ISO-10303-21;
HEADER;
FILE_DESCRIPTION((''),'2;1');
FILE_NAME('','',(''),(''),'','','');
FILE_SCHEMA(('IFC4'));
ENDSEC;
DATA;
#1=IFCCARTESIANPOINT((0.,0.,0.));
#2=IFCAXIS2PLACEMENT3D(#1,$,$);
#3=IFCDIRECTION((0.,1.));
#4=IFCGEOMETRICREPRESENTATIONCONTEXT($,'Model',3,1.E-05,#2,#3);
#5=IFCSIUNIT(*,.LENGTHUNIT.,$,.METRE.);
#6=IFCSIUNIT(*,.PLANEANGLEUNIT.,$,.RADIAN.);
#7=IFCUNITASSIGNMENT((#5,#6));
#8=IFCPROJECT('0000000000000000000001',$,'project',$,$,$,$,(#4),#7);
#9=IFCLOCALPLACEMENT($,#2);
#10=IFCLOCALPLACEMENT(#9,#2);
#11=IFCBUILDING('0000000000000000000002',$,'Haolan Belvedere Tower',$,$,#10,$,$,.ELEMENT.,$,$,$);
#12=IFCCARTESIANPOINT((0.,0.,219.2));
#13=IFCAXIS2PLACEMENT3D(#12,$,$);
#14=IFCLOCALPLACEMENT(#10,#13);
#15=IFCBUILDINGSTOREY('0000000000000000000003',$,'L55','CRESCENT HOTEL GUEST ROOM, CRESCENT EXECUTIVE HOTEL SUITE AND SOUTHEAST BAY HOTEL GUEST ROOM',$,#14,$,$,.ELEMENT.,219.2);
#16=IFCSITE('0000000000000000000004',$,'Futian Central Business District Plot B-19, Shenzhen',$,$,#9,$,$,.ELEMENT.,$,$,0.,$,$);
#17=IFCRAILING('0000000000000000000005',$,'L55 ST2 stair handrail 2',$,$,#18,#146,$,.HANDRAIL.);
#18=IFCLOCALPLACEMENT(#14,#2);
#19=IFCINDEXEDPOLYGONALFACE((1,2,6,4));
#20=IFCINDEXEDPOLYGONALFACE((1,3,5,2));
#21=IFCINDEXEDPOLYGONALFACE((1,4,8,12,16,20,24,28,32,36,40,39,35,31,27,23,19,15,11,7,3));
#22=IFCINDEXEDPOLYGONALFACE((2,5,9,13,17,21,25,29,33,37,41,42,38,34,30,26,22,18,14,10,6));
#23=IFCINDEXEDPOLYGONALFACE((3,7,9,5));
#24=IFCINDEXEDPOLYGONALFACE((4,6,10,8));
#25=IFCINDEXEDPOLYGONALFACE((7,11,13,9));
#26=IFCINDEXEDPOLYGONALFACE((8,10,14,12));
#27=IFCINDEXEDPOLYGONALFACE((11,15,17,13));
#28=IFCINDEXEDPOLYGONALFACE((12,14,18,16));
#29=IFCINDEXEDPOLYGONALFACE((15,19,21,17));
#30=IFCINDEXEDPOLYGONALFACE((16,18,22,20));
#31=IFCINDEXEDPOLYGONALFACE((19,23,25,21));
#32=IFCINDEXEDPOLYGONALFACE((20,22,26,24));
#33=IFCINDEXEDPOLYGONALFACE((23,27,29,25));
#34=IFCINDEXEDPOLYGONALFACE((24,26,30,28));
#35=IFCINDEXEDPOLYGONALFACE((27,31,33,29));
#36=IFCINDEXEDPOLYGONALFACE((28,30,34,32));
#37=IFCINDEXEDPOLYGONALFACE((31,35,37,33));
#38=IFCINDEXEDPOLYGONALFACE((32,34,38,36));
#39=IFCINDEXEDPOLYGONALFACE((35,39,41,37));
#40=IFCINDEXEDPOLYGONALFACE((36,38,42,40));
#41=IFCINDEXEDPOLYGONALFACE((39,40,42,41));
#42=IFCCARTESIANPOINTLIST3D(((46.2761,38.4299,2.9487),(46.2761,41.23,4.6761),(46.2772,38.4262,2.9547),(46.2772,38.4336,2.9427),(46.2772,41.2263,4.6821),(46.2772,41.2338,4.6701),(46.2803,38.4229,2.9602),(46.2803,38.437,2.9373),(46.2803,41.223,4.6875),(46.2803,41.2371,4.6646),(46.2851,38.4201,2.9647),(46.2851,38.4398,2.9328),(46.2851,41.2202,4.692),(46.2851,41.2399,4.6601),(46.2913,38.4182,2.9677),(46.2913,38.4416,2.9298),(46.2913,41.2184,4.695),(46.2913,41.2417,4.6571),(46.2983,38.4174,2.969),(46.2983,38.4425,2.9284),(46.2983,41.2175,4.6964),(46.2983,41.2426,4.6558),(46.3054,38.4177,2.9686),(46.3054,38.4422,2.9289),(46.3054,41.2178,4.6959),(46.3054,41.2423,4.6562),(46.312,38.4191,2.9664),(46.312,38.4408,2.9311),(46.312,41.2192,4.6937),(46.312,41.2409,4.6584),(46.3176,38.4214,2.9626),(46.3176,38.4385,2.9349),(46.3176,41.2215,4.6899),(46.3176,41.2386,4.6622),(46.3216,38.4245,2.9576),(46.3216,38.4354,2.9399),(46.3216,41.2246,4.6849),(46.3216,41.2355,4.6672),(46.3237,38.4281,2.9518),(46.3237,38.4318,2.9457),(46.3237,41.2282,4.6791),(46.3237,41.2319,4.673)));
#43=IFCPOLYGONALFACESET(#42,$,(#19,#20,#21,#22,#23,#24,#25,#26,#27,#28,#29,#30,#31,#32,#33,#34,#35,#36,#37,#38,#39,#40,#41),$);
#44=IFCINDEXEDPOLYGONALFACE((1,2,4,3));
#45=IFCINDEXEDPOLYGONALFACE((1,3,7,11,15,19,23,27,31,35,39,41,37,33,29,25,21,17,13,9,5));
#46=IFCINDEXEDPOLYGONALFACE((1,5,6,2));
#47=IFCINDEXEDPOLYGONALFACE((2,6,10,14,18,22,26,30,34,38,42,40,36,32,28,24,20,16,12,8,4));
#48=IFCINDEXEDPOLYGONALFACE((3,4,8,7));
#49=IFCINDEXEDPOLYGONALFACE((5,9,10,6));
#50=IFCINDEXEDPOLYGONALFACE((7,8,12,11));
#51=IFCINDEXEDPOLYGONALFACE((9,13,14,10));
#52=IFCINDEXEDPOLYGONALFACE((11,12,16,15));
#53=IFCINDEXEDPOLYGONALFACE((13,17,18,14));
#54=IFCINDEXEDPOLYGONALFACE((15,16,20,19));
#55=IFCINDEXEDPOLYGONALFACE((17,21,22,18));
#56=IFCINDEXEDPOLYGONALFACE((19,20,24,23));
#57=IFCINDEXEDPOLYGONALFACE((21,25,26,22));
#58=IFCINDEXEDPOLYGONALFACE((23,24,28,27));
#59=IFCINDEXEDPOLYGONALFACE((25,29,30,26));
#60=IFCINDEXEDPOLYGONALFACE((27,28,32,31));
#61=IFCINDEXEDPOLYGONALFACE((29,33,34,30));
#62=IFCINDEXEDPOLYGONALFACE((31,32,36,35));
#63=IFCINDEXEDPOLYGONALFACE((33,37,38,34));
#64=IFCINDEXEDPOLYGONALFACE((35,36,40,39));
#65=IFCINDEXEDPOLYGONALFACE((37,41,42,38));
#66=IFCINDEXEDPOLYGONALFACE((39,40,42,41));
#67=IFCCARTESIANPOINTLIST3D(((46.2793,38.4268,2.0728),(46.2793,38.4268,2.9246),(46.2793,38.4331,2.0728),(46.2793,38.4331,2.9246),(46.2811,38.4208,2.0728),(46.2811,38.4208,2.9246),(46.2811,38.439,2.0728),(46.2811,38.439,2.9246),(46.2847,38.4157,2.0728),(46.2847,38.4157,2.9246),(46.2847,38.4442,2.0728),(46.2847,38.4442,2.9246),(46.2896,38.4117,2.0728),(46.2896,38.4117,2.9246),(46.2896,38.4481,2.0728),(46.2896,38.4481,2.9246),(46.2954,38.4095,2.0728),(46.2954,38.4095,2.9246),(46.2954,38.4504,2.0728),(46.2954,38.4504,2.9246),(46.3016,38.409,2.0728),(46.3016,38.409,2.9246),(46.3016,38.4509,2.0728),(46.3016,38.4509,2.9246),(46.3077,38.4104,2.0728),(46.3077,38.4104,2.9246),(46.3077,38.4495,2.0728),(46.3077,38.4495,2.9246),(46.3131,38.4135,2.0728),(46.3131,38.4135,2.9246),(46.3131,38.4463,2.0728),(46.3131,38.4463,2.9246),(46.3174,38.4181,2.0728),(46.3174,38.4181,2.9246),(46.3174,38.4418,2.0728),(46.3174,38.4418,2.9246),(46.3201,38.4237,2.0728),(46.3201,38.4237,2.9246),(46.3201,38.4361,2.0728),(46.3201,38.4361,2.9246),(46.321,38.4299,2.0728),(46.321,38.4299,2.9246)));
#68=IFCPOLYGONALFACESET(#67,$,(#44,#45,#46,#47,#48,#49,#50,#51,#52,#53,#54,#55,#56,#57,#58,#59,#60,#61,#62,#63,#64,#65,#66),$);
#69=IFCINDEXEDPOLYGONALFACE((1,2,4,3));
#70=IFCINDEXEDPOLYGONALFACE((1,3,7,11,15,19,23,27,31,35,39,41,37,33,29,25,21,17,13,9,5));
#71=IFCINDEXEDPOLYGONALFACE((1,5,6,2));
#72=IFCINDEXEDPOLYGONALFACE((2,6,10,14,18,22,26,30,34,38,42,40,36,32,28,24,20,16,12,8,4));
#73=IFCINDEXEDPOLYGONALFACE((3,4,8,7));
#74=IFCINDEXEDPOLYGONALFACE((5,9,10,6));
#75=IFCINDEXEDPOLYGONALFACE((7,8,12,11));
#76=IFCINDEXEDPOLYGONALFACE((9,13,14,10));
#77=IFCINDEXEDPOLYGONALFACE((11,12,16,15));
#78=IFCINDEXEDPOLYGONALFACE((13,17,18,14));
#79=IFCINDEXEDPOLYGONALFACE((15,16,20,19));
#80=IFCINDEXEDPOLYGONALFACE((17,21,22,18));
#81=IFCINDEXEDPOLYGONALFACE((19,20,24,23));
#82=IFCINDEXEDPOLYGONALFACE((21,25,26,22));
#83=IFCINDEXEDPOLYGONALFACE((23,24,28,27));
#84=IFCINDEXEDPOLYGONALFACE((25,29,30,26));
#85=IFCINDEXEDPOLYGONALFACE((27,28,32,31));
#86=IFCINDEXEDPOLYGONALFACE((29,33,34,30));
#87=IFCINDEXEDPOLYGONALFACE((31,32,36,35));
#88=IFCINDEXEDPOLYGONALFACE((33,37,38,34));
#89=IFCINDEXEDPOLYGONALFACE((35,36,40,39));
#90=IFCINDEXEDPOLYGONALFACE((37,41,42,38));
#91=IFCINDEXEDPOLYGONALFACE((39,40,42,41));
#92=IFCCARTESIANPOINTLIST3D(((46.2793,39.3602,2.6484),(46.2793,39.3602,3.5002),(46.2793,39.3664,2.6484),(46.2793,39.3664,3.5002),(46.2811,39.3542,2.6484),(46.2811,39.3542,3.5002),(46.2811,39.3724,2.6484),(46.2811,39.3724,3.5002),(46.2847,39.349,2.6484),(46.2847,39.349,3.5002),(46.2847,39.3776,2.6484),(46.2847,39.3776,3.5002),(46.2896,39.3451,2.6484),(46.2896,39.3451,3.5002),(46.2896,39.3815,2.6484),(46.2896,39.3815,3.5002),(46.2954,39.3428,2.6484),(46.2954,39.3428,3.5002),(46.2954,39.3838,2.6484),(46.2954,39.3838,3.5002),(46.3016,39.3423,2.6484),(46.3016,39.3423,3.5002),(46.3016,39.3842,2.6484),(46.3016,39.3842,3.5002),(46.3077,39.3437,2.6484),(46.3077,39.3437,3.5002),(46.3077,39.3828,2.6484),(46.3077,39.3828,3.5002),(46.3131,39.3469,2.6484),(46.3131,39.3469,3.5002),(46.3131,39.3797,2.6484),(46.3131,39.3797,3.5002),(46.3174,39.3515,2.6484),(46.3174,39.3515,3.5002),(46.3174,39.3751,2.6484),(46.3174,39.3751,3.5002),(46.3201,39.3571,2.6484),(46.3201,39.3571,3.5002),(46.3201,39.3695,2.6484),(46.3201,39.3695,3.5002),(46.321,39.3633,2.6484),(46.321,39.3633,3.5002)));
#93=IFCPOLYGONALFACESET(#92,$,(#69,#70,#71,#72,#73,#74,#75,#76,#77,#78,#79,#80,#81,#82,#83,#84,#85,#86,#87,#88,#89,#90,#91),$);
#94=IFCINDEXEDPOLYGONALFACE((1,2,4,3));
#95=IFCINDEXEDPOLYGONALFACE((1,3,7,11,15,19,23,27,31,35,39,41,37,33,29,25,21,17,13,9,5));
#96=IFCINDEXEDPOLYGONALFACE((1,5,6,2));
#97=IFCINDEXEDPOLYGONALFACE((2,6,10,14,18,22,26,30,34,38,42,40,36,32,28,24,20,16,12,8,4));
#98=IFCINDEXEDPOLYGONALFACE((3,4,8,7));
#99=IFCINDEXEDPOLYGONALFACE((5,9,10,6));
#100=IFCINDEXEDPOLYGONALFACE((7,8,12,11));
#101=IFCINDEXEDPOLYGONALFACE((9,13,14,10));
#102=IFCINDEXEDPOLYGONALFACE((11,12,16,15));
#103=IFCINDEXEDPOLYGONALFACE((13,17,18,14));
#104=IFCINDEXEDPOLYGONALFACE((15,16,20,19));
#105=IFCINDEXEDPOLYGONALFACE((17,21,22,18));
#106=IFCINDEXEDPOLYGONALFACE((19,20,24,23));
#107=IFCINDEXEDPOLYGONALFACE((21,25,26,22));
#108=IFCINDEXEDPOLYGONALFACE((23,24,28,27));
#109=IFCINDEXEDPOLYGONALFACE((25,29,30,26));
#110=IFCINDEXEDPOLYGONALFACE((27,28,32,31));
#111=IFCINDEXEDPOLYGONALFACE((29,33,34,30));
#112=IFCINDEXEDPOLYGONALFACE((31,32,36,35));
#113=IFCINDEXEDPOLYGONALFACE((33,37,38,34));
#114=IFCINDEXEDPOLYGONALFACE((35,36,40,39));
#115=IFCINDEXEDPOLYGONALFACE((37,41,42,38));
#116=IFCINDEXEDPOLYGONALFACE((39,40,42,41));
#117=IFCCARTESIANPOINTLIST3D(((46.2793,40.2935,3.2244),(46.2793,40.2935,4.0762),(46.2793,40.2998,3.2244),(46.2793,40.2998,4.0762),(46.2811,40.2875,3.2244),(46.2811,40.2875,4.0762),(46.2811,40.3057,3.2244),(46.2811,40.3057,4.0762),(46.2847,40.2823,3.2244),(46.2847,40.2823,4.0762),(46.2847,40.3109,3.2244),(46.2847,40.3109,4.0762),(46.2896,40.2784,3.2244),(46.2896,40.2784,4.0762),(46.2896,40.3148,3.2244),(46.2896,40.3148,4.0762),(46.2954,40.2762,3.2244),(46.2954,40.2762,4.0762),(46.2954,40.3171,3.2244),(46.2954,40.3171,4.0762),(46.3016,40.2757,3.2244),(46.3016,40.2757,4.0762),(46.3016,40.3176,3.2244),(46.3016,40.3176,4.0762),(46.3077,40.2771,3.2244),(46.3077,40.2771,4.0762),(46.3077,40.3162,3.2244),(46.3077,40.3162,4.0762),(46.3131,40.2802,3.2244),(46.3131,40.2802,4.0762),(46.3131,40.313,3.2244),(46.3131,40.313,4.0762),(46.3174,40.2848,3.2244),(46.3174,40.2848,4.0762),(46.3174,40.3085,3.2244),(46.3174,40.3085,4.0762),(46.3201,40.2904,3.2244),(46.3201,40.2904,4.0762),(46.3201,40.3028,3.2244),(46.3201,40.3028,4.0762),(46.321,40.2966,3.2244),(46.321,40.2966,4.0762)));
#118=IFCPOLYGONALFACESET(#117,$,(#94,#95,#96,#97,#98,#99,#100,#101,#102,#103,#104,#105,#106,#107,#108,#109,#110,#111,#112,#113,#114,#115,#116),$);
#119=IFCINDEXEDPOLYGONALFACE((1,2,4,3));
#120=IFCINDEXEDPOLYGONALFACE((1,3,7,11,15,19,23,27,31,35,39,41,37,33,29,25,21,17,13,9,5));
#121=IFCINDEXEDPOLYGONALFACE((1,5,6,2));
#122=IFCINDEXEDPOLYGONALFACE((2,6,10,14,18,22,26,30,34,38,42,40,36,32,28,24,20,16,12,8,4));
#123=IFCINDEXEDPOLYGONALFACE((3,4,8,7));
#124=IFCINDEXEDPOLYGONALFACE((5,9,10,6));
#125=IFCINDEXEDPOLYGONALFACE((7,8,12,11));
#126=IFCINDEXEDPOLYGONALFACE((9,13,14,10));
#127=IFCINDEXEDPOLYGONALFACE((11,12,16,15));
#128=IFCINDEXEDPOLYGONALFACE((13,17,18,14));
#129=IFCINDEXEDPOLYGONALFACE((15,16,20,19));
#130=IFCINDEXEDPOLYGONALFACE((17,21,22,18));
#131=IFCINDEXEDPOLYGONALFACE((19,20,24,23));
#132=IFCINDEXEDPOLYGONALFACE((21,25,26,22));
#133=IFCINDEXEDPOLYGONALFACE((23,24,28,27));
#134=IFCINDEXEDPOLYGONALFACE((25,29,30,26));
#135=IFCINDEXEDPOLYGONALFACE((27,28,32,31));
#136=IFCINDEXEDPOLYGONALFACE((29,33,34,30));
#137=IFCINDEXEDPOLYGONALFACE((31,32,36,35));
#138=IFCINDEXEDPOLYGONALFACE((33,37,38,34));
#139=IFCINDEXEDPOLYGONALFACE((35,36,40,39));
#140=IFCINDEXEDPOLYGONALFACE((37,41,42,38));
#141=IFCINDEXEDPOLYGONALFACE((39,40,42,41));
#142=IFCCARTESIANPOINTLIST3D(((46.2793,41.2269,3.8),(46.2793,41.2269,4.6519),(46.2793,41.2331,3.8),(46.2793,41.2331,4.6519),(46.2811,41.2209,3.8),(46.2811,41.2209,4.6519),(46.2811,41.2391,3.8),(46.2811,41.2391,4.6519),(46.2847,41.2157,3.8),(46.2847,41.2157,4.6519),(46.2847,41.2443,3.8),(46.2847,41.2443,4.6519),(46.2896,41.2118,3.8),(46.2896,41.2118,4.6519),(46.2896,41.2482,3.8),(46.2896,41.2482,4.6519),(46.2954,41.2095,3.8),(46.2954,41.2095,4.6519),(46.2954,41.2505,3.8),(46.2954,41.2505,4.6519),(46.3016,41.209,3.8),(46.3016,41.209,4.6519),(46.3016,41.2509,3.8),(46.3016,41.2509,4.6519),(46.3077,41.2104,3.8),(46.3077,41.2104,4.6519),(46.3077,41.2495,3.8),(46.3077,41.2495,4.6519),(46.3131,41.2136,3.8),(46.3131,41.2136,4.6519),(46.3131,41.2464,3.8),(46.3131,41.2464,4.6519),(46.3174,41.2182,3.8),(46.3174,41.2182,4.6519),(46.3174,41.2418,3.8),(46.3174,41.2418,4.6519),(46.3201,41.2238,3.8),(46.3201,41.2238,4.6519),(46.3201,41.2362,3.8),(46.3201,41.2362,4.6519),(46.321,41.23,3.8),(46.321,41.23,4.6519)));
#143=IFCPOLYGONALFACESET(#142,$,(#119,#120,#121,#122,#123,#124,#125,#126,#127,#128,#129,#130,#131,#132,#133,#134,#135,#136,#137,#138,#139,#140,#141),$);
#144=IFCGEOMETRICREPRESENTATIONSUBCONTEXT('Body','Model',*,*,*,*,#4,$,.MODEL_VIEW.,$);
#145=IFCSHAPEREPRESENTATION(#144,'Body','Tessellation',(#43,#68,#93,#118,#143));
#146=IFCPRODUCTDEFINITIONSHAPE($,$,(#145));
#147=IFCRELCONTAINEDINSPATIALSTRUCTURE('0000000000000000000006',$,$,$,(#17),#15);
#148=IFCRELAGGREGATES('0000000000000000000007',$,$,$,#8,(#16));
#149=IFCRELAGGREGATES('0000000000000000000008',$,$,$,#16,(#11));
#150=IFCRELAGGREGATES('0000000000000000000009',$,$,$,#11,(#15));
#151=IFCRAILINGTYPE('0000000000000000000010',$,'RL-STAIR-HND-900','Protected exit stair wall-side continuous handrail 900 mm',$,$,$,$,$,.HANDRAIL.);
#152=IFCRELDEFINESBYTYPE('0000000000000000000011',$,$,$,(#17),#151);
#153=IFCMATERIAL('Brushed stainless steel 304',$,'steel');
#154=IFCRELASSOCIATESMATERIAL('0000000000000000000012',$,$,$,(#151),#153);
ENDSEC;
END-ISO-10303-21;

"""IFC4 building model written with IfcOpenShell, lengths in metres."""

from ifc_helpers import new_model, si_unit, direction, frame, origin, origin_2d, place, context, subcontext, project, spatial, circle, extrude, material, type_object, element, save


model = new_model("IFC4")

# Units and contexts
model_context = context("Model", 3, precision=1e-05, world=origin(), true_north=direction((0.0, 1.0)))
body_context = subcontext(model_context, "Body", "Model", "MODEL_VIEW")
ifc_project = project(units=[si_unit("LENGTHUNIT", "METRE"), si_unit("PLANEANGLEUNIT", "RADIAN")], contexts=[model_context])

# Site, building, storey
site_placement = place(None, origin())
site = spatial("IfcSite", under=ifc_project, at=site_placement, Name="Futian Central Business District Plot B-19, Shenzhen", CompositionType="ELEMENT", RefElevation=0.0)
building_placement = place(site_placement, origin())
building = spatial("IfcBuilding", under=site, at=building_placement, Name="Haolan Belvedere Tower", CompositionType="ELEMENT")
storey_placement = place(building_placement, frame((0.0, 0.0, 219.2)))
storey = spatial("IfcBuildingStorey", under=building, at=storey_placement, Name="L55", Description="CRESCENT HOTEL GUEST ROOM, CRESCENT EXECUTIVE HOTEL SUITE AND SOUTHEAST BAY HOTEL GUEST ROOM", CompositionType="ELEMENT", Elevation=219.2)

# Railing
ifc_material_1 = material(Name="Brushed stainless steel 304", Category="steel")
railing_type_1 = type_object("IfcRailingType", Name="RL-STAIR-HND-900", Description="Protected exit stair wall-side continuous handrail 900 mm", PredefinedType="HANDRAIL", material=ifc_material_1)
railing_1_placement = place(storey_placement, frame((46.3, 38.4299, 2.0728)))
element("IfcRailing", 1, at=railing_1_placement, inside=storey, type_object=railing_type_1, Name="L55 ST2 stair handrail 2", PredefinedType="HANDRAIL", context=body_context, shape_type="SweptSolid", body=[
    extrude(circle(Radius=0.0239, at=origin_2d()), frame((0.0, 0.0, 0.876), z_axis=(0.0, 0.85109, 0.52502), x_axis=(-1.0, 0.0, 0.0)), (0.0, 0.0, 1.0), 3.29),
    extrude(circle(Radius=0.021, at=origin_2d()), origin(), (0.0, 0.0, 1.0), 0.8518),
    extrude(circle(Radius=0.021, at=origin_2d()), frame((0.0, 0.9333, 0.5757)), (0.0, 0.0, 1.0), 0.8518),
    extrude(circle(Radius=0.021, at=origin_2d()), frame((0.0, 1.8667, 1.1516)), (0.0, 0.0, 1.0), 0.8518),
    extrude(circle(Radius=0.021, at=origin_2d()), frame((0.0, 2.8, 1.7273)), (0.0, 0.0, 1.0), 0.8518),
])

save(model, "model.ifc")
